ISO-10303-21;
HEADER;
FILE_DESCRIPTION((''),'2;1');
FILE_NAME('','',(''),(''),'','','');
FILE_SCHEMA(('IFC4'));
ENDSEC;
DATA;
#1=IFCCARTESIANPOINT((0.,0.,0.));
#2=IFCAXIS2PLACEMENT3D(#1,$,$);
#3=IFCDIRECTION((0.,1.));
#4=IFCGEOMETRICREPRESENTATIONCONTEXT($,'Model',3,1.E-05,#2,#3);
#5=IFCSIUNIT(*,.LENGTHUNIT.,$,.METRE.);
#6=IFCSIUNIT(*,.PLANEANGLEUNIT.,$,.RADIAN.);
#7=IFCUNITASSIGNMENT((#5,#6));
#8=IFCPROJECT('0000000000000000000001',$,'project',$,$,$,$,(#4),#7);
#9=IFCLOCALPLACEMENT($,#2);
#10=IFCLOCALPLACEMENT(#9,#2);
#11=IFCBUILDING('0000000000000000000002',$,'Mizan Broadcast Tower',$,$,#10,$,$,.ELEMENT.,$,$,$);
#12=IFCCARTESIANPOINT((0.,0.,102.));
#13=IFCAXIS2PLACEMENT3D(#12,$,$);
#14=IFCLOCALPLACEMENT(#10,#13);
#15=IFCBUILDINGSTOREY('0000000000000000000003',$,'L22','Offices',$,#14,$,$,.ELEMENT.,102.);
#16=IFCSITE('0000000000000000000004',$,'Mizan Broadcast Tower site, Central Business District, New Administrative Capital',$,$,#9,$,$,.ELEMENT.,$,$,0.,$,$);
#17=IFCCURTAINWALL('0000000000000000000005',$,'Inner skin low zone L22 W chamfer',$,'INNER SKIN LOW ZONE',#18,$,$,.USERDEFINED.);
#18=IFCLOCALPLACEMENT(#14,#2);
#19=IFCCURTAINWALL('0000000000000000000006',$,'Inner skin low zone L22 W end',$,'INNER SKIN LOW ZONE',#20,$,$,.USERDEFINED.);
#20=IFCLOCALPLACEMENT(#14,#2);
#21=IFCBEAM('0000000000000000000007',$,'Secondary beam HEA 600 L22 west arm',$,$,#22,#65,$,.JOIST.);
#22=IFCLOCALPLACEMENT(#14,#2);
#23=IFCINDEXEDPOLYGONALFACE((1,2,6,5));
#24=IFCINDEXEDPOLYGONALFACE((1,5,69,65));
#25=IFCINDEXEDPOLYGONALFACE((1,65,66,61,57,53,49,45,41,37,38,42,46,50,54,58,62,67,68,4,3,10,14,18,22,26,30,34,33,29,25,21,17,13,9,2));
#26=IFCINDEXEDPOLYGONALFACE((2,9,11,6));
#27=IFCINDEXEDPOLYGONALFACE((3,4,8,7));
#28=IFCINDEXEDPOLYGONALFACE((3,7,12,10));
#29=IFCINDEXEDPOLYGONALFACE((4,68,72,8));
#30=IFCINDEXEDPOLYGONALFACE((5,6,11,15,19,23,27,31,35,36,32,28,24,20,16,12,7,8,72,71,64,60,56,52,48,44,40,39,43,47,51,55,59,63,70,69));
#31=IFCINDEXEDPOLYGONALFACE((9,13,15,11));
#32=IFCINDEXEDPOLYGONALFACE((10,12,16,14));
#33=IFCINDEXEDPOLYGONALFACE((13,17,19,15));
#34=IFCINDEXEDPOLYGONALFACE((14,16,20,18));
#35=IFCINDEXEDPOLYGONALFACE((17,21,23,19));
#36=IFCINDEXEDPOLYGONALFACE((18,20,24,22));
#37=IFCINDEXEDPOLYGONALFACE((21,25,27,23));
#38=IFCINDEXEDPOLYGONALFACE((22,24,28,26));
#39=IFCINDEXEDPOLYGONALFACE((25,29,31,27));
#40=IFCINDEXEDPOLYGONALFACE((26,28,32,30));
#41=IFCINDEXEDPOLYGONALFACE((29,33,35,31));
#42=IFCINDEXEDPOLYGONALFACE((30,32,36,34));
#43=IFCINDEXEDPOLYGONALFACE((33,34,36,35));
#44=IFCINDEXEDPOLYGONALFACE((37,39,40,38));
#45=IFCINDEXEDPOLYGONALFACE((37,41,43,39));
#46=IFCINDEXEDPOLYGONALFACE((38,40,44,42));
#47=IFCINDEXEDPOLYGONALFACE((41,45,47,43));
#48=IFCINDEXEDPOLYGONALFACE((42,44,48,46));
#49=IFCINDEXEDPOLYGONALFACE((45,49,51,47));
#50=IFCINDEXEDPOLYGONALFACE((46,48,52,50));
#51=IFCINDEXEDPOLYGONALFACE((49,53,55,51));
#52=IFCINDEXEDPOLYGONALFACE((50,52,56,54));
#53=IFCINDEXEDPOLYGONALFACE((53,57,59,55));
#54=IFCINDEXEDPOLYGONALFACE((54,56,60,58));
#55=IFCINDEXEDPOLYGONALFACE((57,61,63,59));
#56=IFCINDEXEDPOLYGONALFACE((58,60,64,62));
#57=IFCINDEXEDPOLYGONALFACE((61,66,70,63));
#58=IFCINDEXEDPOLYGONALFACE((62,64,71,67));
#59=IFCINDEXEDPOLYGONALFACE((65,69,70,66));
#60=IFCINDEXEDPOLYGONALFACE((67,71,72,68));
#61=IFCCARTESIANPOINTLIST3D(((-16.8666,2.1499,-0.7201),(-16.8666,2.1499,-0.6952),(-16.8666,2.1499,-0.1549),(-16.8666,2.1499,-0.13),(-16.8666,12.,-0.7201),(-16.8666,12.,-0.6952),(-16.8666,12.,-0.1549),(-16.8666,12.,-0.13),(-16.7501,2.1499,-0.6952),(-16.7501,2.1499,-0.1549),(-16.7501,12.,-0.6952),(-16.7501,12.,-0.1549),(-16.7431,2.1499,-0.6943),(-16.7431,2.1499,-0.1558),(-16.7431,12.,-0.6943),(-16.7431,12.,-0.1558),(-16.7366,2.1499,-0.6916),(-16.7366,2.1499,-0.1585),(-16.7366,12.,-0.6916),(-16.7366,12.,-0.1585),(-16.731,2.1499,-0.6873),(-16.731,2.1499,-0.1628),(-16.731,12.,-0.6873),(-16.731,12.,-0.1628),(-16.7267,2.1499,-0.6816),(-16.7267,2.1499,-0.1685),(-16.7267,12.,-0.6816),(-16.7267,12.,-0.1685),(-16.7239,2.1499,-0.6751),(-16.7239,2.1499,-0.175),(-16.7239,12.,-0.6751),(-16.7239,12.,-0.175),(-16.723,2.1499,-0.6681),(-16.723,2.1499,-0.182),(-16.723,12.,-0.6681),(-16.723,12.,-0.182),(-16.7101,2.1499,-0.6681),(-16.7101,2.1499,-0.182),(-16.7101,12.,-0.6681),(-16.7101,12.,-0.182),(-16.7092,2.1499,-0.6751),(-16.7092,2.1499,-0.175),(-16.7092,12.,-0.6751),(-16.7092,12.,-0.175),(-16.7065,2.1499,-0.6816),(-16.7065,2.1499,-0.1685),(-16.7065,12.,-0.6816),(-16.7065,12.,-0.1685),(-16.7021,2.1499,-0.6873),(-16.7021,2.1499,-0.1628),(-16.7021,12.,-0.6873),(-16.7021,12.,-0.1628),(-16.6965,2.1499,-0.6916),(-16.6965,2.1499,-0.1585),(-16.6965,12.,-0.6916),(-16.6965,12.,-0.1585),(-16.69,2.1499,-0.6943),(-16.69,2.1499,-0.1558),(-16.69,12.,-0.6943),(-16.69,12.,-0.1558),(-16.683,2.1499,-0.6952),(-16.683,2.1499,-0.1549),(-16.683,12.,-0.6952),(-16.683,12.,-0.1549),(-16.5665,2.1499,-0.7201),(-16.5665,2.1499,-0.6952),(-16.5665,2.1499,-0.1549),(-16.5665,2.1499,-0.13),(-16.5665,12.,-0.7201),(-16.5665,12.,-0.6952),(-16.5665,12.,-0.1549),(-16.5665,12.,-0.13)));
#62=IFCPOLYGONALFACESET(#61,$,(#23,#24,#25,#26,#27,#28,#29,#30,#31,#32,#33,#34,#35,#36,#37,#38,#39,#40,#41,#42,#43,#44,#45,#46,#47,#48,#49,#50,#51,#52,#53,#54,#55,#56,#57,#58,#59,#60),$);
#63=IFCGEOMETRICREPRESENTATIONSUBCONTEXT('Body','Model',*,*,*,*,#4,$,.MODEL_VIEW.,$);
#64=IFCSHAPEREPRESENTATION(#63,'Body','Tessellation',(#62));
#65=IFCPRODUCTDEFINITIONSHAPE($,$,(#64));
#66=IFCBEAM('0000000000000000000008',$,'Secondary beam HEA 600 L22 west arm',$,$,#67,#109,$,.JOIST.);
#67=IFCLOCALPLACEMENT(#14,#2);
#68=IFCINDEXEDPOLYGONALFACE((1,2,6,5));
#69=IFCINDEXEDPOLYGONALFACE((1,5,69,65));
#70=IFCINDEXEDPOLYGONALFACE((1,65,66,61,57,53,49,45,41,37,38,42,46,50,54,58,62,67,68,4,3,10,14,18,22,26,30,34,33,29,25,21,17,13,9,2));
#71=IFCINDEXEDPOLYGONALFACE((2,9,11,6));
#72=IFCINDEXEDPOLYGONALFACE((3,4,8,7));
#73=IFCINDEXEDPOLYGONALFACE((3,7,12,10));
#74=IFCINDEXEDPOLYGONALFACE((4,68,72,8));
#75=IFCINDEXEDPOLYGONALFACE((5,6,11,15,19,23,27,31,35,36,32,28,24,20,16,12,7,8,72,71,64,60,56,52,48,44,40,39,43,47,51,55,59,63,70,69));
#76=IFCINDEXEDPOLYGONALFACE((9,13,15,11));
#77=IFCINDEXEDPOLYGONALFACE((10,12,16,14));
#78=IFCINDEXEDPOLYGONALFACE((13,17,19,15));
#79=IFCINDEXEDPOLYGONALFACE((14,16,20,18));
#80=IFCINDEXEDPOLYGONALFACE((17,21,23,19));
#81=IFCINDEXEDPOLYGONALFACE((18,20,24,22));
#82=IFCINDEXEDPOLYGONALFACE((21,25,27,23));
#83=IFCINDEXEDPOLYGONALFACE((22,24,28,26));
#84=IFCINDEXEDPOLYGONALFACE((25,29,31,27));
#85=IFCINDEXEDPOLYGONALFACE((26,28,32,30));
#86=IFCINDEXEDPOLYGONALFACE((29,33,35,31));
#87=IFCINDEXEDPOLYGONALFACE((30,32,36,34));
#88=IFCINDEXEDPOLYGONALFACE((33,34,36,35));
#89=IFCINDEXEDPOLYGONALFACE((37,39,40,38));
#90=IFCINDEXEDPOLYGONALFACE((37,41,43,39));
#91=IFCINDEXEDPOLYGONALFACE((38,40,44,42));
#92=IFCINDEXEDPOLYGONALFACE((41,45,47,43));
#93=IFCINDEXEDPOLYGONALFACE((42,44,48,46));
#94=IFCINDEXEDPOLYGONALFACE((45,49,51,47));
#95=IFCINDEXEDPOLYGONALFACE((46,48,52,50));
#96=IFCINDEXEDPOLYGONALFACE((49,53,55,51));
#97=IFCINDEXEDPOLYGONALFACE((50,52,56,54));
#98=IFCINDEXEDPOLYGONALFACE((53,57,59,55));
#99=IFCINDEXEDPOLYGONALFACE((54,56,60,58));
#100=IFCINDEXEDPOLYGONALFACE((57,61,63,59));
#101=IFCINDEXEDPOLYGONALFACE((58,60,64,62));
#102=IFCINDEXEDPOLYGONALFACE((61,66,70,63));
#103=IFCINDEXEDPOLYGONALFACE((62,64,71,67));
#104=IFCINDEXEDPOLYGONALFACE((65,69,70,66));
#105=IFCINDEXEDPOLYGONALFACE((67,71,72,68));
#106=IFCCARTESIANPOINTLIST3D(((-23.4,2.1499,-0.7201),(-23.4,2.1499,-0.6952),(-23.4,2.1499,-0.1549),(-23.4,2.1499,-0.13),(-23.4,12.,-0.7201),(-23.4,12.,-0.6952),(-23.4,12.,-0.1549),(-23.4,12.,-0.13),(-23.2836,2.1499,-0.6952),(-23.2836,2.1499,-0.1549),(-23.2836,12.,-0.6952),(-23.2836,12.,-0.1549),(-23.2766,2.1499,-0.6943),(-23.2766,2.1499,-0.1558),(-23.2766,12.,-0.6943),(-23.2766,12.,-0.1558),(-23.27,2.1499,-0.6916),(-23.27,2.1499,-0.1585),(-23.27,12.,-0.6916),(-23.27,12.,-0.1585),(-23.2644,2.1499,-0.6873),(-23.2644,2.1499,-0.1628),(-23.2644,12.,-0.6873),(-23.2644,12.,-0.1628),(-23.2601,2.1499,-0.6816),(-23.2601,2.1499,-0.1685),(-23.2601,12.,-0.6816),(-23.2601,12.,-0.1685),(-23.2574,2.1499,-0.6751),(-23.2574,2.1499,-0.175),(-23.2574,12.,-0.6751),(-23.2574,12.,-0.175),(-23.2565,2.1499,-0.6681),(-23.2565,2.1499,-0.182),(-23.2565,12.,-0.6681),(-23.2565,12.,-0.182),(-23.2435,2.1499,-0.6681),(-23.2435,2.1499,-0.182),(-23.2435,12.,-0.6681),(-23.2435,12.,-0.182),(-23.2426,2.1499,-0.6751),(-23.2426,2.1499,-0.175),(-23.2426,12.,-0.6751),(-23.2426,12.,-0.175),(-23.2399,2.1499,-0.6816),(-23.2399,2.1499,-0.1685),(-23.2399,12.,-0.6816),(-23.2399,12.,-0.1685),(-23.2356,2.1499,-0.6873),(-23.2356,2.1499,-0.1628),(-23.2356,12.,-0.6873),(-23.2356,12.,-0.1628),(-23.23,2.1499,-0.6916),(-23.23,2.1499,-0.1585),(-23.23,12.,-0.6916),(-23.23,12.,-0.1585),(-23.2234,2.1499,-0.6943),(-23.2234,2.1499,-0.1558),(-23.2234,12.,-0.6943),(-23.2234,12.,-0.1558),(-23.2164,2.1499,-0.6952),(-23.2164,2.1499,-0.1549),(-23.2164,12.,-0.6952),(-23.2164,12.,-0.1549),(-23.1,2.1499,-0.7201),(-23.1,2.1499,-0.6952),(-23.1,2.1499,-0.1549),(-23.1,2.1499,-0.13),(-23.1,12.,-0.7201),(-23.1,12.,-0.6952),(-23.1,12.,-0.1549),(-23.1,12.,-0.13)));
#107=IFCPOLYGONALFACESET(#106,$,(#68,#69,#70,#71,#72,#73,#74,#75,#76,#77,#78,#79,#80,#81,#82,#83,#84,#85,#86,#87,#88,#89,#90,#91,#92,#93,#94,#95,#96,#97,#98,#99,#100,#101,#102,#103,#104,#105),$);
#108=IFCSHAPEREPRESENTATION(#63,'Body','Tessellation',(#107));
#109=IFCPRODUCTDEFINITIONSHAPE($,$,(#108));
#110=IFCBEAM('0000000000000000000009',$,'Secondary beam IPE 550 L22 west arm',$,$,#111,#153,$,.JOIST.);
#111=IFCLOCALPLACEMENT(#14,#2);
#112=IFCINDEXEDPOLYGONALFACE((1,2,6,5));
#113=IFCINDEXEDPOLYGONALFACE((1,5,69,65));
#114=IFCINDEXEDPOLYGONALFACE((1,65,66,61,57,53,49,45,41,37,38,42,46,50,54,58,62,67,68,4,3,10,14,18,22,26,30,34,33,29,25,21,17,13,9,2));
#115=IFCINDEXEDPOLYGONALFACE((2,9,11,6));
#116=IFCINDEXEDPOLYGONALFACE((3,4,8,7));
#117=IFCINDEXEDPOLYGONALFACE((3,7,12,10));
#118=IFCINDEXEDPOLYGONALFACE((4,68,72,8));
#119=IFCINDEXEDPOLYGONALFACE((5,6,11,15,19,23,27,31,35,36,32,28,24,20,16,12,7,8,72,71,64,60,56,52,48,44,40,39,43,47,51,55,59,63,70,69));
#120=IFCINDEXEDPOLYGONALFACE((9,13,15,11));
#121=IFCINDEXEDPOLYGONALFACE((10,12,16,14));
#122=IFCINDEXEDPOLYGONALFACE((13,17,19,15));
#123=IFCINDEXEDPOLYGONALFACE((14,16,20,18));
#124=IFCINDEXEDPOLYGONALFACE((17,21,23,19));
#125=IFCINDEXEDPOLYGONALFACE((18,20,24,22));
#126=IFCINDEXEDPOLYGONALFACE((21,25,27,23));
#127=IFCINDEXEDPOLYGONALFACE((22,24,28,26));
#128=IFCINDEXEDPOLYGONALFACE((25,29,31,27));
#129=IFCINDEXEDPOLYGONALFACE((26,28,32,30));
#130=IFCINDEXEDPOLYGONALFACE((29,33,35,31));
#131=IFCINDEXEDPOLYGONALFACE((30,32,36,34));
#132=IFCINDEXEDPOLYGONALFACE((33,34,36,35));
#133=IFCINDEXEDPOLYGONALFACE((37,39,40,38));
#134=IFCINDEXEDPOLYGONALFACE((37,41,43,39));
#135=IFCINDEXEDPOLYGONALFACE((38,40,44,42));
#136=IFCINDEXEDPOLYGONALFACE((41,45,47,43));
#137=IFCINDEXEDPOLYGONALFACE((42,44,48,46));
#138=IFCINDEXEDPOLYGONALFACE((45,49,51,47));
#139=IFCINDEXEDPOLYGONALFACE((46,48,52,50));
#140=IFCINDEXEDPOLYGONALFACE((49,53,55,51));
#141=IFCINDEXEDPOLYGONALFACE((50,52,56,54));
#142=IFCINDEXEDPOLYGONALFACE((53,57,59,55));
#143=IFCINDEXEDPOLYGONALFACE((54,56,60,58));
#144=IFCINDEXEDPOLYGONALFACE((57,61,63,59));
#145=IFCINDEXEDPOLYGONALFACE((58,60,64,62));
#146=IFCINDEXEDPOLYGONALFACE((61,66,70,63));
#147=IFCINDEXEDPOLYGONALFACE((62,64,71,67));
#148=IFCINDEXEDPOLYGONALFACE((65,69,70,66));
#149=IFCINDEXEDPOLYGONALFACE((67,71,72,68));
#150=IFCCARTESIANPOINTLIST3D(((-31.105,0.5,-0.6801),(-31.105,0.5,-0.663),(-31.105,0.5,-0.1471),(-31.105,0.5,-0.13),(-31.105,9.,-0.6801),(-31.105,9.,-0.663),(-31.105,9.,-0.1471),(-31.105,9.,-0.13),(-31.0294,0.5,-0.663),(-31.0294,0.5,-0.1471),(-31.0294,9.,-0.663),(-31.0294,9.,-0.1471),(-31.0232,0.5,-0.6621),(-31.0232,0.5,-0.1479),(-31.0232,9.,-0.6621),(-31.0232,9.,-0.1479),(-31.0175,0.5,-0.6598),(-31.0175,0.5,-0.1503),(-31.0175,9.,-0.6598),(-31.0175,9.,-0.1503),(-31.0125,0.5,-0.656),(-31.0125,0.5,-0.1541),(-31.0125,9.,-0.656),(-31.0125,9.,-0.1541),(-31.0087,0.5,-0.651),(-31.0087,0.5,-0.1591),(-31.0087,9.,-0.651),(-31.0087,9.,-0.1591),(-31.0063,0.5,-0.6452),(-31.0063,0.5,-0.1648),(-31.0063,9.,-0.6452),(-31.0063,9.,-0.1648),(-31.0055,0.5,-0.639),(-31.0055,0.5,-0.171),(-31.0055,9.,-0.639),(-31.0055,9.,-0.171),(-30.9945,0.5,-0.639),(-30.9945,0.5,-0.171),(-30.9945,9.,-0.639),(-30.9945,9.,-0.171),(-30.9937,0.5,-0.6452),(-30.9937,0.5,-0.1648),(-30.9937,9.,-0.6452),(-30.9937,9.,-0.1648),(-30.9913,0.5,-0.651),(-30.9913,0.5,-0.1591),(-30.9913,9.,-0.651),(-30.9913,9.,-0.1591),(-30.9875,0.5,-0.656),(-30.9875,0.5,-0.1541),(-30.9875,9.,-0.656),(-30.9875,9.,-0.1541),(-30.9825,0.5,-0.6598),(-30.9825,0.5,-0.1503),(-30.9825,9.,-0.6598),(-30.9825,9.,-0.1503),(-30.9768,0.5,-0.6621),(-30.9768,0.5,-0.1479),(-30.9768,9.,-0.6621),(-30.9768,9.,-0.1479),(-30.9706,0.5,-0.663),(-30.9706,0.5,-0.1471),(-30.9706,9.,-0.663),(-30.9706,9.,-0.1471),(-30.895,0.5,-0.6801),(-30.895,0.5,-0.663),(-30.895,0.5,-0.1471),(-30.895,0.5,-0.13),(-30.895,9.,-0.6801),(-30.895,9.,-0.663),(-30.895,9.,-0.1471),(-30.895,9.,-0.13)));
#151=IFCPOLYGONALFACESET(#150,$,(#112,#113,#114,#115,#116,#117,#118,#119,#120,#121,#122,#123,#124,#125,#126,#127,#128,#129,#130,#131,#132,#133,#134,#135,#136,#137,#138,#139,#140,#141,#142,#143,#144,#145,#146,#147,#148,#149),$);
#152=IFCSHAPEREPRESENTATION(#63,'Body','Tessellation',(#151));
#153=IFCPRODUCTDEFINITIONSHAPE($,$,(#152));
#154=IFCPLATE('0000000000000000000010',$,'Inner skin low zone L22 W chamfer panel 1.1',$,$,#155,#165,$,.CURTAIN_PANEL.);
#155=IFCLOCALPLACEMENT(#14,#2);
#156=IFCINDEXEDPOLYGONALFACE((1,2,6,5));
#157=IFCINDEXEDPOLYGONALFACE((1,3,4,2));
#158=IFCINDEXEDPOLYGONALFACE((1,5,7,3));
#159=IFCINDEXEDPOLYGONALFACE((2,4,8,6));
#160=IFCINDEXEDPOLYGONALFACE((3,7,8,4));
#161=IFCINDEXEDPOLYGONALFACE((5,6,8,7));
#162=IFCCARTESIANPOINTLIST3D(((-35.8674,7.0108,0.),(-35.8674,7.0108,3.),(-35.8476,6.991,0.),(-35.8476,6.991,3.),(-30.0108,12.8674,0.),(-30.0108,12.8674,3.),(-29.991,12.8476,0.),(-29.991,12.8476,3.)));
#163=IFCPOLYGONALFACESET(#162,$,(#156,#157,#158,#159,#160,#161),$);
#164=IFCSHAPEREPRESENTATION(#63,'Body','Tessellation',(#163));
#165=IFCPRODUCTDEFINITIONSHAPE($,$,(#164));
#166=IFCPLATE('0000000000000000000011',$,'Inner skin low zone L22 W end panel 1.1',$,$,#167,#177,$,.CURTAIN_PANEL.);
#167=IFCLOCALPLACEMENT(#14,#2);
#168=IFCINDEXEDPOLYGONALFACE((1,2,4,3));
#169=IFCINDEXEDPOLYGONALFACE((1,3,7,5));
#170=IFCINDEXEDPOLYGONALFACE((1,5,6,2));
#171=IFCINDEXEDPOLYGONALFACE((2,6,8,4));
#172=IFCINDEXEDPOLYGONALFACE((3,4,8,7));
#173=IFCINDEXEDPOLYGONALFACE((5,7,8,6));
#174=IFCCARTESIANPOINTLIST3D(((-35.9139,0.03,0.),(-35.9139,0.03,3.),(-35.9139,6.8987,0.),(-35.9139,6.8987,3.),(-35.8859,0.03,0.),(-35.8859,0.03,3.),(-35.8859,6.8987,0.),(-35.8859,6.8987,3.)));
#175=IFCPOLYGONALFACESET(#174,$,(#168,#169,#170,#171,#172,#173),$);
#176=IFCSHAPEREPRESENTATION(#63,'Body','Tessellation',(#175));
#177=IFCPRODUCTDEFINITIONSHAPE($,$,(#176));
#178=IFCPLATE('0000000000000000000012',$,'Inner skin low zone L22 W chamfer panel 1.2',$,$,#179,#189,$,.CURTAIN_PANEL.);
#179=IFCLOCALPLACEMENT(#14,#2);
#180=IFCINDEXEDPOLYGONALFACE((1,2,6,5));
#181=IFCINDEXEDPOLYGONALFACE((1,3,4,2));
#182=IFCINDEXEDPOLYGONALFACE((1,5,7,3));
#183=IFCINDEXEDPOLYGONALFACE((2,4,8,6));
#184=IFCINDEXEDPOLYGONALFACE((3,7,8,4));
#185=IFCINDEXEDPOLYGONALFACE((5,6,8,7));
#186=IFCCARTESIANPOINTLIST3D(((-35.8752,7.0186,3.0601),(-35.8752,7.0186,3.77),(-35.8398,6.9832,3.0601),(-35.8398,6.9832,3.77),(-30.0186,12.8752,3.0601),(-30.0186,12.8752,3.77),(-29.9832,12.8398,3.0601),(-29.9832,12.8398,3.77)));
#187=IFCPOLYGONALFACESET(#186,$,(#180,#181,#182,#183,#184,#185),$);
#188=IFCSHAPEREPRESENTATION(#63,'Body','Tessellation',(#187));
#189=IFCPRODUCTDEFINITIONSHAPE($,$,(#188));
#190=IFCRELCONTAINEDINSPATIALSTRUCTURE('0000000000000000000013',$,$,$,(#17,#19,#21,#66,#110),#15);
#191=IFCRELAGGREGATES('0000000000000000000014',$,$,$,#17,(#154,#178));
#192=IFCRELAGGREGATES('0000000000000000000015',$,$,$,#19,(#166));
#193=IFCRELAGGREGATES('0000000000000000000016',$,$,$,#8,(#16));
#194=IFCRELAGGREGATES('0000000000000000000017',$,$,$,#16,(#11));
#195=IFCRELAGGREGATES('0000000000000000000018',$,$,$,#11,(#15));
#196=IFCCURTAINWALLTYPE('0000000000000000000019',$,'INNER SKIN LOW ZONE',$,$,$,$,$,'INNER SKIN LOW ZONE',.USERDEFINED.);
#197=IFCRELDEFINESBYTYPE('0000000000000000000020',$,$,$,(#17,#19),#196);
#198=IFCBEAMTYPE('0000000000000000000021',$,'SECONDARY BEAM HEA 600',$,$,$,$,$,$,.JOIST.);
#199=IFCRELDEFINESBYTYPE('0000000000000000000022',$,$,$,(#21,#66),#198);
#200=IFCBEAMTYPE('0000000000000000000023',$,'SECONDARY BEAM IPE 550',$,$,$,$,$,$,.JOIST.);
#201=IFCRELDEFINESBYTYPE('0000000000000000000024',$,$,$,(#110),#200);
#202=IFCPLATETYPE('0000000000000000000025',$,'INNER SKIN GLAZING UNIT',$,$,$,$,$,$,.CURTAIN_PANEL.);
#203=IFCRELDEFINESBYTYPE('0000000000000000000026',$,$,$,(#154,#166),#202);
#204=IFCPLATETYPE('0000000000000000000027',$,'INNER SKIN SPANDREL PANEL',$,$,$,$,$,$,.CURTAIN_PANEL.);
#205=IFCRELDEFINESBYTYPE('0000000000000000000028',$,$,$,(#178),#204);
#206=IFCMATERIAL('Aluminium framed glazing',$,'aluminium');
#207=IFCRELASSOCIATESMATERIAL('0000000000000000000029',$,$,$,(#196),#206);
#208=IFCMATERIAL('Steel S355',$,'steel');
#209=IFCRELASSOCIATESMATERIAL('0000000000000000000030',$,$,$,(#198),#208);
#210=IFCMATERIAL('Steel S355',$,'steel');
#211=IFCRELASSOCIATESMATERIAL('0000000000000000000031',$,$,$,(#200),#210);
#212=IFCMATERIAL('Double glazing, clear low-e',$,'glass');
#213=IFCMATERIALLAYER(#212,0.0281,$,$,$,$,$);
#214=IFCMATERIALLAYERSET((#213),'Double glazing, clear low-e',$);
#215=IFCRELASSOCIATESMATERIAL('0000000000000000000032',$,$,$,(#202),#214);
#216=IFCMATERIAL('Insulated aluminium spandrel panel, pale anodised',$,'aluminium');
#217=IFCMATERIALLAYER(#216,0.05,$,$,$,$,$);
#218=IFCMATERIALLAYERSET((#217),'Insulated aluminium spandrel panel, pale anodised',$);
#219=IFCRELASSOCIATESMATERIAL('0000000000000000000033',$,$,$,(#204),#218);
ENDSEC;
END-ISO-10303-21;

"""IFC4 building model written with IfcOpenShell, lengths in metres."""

from ifc_helpers import new_model, si_unit, direction, frame, origin, origin_2d, place, context, subcontext, project, spatial, rectangle, i_section, extrude, material, layer, layer_set, material_profile, profile_set, type_object, element, aggregate, save


model = new_model("IFC4")

# Units and contexts
model_context = context("Model", 3, precision=1e-05, world=origin(), true_north=direction((0.0, 1.0)))
body_context = subcontext(model_context, "Body", "Model", "MODEL_VIEW")
ifc_project = project(units=[si_unit("LENGTHUNIT", "METRE"), si_unit("PLANEANGLEUNIT", "RADIAN")], contexts=[model_context])

# Site, building, storey
site_placement = place(None, origin())
site = spatial("IfcSite", under=ifc_project, at=site_placement, Name="Mizan Broadcast Tower site, Central Business District, New Administrative Capital", CompositionType="ELEMENT", RefElevation=0.0)
building_placement = place(site_placement, origin())
building = spatial("IfcBuilding", under=site, at=building_placement, Name="Mizan Broadcast Tower", CompositionType="ELEMENT")
storey_placement = place(building_placement, frame((0.0, 0.0, 102.0)))
storey = spatial("IfcBuildingStorey", under=building, at=storey_placement, Name="L22", Description="Offices", CompositionType="ELEMENT", Elevation=102.0)

# Shared definitions
ifc_material_1 = material(Name="Aluminium framed glazing", Category="aluminium")
curtain_wall_type_1 = type_object("IfcCurtainWallType", Name="INNER SKIN LOW ZONE", ElementType="INNER SKIN LOW ZONE", PredefinedType="USERDEFINED", material=ifc_material_1)

# Curtain wall
curtain_wall_1_placement = place(storey_placement, origin())
curtain_wall_1 = element("IfcCurtainWall", 1, at=curtain_wall_1_placement, inside=storey, type_object=curtain_wall_type_1, Name="Inner skin low zone L22 W chamfer", ObjectType="INNER SKIN LOW ZONE", PredefinedType="USERDEFINED")

# Curtain wall
curtain_wall_2_placement = place(storey_placement, origin())
curtain_wall_2 = element("IfcCurtainWall", 2, at=curtain_wall_2_placement, inside=storey, type_object=curtain_wall_type_1, Name="Inner skin low zone L22 W end", ObjectType="INNER SKIN LOW ZONE", PredefinedType="USERDEFINED")

# Beams
ifc_material_2 = material(Name="Steel S355", Category="steel")
ifc_material_profile_1 = material_profile(ifc_material_2, i_section(OverallWidth=0.3, OverallDepth=0.5901, WebThickness=0.0129, FlangeThickness=0.0249, FilletRadius=0.0271, at=origin_2d()), Name="HEA 600")
ifc_profile_set_1 = profile_set([ifc_material_profile_1], Name="Steel S355")
beam_type_1 = type_object("IfcBeamType", Name="SECONDARY BEAM HEA 600", PredefinedType="JOIST", material=ifc_profile_set_1)
for number, where, z_axis, x_axis, name in (
    (3, (-16.7166, 12.0, -0.425), (0.0, -1.0, 0.0), (1.0, 0.0, 0.0), "Secondary beam HEA 600 L22 west arm"),
    (4, (-23.25, 12.0, -0.425), (0.0, -1.0, 0.0), (1.0, 0.0, 0.0), "Secondary beam HEA 600 L22 west arm"),
):
    element("IfcBeam", number, at=place(storey_placement, frame(where, z_axis=z_axis, x_axis=x_axis)), inside=storey, type_object=beam_type_1, Name=name, PredefinedType="JOIST", context=body_context, shape_type="SweptSolid", body=[
        extrude(i_section(OverallWidth=0.3, OverallDepth=0.5901, WebThickness=0.0129, FlangeThickness=0.0249, FilletRadius=0.0271, at=origin_2d()), origin(), (0.0, 0.0, 1.0), 9.8501),
    ])
ifc_material_3 = material(Name="Steel S355", Category="steel")
ifc_material_profile_2 = material_profile(ifc_material_3, i_section(OverallWidth=0.21, OverallDepth=0.55, WebThickness=0.011, FlangeThickness=0.0171, FilletRadius=0.0239, at=origin_2d()), Name="IPE 550")
ifc_profile_set_2 = profile_set([ifc_material_profile_2], Name="Steel S355")
beam_type_2 = type_object("IfcBeamType", Name="SECONDARY BEAM IPE 550", PredefinedType="JOIST", material=ifc_profile_set_2)
beam_1_placement = place(storey_placement, frame((-31.0, 9.0, -0.405), z_axis=(0.0, -1.0, 0.0), x_axis=(1.0, 0.0, 0.0)))
element("IfcBeam", 5, at=beam_1_placement, inside=storey, type_object=beam_type_2, Name="Secondary beam IPE 550 L22 west arm", PredefinedType="JOIST", context=body_context, shape_type="SweptSolid", body=[
    extrude(i_section(OverallWidth=0.21, OverallDepth=0.55, WebThickness=0.011, FlangeThickness=0.0171, FilletRadius=0.0239, at=origin_2d()), origin(), (0.0, 0.0, 1.0), 8.5),
])

# Plates
ifc_material_4 = material(Name="Double glazing, clear low-e", Category="glass")
ifc_layer_1 = layer(ifc_material_4, 0.0281)
ifc_layer_set_1 = layer_set([ifc_layer_1], Name="Double glazing, clear low-e")
plate_type_1 = type_object("IfcPlateType", Name="INNER SKIN GLAZING UNIT", PredefinedType="CURTAIN_PANEL", material=ifc_layer_set_1)
plate_1_placement = place(storey_placement, frame((-32.9292, 9.9292, 0.0), z_axis=(0.0, 0.0, 1.0), x_axis=(-0.707107, -0.707107, 0.0)))
plate_1 = element("IfcPlate", 6, at=plate_1_placement, type_object=plate_type_1, Name="Inner skin low zone L22 W chamfer panel 1.1", PredefinedType="CURTAIN_PANEL", context=body_context, shape_type="SweptSolid", body=[
    extrude(rectangle(XDim=8.2825, YDim=0.0281, at=origin_2d()), origin(), (0.0, 0.0, 1.0), 3.0),
])
plate_2_placement = place(storey_placement, frame((-35.8999, 3.4644, 0.0), z_axis=(0.0, 0.0, 1.0), x_axis=(0.0, -1.0, 0.0)))
plate_2 = element("IfcPlate", 7, at=plate_2_placement, type_object=plate_type_1, Name="Inner skin low zone L22 W end panel 1.1", PredefinedType="CURTAIN_PANEL", context=body_context, shape_type="SweptSolid", body=[
    extrude(rectangle(XDim=6.8687, YDim=0.0281, at=origin_2d()), origin(), (0.0, 0.0, 1.0), 3.0),
])
ifc_material_5 = material(Name="Insulated aluminium spandrel panel, pale anodised", Category="aluminium")
ifc_layer_2 = layer(ifc_material_5, 0.05)
ifc_layer_set_2 = layer_set([ifc_layer_2], Name="Insulated aluminium spandrel panel, pale anodised")
plate_type_2 = type_object("IfcPlateType", Name="INNER SKIN SPANDREL PANEL", PredefinedType="CURTAIN_PANEL", material=ifc_layer_set_2)
plate_3_placement = place(storey_placement, frame((-32.9292, 9.9292, 3.0601), z_axis=(0.0, 0.0, 1.0), x_axis=(-0.707107, -0.707107, 0.0)))
plate_3 = element("IfcPlate", 8, at=plate_3_placement, type_object=plate_type_2, Name="Inner skin low zone L22 W chamfer panel 1.2", PredefinedType="CURTAIN_PANEL", context=body_context, shape_type="SweptSolid", body=[
    extrude(rectangle(XDim=8.2825, YDim=0.05, at=origin_2d()), origin(), (0.0, 0.0, 1.0), 0.71),
])
aggregate(curtain_wall_1, [plate_1, plate_3])
aggregate(curtain_wall_2, [plate_2])

save(model, "model.ifc")
